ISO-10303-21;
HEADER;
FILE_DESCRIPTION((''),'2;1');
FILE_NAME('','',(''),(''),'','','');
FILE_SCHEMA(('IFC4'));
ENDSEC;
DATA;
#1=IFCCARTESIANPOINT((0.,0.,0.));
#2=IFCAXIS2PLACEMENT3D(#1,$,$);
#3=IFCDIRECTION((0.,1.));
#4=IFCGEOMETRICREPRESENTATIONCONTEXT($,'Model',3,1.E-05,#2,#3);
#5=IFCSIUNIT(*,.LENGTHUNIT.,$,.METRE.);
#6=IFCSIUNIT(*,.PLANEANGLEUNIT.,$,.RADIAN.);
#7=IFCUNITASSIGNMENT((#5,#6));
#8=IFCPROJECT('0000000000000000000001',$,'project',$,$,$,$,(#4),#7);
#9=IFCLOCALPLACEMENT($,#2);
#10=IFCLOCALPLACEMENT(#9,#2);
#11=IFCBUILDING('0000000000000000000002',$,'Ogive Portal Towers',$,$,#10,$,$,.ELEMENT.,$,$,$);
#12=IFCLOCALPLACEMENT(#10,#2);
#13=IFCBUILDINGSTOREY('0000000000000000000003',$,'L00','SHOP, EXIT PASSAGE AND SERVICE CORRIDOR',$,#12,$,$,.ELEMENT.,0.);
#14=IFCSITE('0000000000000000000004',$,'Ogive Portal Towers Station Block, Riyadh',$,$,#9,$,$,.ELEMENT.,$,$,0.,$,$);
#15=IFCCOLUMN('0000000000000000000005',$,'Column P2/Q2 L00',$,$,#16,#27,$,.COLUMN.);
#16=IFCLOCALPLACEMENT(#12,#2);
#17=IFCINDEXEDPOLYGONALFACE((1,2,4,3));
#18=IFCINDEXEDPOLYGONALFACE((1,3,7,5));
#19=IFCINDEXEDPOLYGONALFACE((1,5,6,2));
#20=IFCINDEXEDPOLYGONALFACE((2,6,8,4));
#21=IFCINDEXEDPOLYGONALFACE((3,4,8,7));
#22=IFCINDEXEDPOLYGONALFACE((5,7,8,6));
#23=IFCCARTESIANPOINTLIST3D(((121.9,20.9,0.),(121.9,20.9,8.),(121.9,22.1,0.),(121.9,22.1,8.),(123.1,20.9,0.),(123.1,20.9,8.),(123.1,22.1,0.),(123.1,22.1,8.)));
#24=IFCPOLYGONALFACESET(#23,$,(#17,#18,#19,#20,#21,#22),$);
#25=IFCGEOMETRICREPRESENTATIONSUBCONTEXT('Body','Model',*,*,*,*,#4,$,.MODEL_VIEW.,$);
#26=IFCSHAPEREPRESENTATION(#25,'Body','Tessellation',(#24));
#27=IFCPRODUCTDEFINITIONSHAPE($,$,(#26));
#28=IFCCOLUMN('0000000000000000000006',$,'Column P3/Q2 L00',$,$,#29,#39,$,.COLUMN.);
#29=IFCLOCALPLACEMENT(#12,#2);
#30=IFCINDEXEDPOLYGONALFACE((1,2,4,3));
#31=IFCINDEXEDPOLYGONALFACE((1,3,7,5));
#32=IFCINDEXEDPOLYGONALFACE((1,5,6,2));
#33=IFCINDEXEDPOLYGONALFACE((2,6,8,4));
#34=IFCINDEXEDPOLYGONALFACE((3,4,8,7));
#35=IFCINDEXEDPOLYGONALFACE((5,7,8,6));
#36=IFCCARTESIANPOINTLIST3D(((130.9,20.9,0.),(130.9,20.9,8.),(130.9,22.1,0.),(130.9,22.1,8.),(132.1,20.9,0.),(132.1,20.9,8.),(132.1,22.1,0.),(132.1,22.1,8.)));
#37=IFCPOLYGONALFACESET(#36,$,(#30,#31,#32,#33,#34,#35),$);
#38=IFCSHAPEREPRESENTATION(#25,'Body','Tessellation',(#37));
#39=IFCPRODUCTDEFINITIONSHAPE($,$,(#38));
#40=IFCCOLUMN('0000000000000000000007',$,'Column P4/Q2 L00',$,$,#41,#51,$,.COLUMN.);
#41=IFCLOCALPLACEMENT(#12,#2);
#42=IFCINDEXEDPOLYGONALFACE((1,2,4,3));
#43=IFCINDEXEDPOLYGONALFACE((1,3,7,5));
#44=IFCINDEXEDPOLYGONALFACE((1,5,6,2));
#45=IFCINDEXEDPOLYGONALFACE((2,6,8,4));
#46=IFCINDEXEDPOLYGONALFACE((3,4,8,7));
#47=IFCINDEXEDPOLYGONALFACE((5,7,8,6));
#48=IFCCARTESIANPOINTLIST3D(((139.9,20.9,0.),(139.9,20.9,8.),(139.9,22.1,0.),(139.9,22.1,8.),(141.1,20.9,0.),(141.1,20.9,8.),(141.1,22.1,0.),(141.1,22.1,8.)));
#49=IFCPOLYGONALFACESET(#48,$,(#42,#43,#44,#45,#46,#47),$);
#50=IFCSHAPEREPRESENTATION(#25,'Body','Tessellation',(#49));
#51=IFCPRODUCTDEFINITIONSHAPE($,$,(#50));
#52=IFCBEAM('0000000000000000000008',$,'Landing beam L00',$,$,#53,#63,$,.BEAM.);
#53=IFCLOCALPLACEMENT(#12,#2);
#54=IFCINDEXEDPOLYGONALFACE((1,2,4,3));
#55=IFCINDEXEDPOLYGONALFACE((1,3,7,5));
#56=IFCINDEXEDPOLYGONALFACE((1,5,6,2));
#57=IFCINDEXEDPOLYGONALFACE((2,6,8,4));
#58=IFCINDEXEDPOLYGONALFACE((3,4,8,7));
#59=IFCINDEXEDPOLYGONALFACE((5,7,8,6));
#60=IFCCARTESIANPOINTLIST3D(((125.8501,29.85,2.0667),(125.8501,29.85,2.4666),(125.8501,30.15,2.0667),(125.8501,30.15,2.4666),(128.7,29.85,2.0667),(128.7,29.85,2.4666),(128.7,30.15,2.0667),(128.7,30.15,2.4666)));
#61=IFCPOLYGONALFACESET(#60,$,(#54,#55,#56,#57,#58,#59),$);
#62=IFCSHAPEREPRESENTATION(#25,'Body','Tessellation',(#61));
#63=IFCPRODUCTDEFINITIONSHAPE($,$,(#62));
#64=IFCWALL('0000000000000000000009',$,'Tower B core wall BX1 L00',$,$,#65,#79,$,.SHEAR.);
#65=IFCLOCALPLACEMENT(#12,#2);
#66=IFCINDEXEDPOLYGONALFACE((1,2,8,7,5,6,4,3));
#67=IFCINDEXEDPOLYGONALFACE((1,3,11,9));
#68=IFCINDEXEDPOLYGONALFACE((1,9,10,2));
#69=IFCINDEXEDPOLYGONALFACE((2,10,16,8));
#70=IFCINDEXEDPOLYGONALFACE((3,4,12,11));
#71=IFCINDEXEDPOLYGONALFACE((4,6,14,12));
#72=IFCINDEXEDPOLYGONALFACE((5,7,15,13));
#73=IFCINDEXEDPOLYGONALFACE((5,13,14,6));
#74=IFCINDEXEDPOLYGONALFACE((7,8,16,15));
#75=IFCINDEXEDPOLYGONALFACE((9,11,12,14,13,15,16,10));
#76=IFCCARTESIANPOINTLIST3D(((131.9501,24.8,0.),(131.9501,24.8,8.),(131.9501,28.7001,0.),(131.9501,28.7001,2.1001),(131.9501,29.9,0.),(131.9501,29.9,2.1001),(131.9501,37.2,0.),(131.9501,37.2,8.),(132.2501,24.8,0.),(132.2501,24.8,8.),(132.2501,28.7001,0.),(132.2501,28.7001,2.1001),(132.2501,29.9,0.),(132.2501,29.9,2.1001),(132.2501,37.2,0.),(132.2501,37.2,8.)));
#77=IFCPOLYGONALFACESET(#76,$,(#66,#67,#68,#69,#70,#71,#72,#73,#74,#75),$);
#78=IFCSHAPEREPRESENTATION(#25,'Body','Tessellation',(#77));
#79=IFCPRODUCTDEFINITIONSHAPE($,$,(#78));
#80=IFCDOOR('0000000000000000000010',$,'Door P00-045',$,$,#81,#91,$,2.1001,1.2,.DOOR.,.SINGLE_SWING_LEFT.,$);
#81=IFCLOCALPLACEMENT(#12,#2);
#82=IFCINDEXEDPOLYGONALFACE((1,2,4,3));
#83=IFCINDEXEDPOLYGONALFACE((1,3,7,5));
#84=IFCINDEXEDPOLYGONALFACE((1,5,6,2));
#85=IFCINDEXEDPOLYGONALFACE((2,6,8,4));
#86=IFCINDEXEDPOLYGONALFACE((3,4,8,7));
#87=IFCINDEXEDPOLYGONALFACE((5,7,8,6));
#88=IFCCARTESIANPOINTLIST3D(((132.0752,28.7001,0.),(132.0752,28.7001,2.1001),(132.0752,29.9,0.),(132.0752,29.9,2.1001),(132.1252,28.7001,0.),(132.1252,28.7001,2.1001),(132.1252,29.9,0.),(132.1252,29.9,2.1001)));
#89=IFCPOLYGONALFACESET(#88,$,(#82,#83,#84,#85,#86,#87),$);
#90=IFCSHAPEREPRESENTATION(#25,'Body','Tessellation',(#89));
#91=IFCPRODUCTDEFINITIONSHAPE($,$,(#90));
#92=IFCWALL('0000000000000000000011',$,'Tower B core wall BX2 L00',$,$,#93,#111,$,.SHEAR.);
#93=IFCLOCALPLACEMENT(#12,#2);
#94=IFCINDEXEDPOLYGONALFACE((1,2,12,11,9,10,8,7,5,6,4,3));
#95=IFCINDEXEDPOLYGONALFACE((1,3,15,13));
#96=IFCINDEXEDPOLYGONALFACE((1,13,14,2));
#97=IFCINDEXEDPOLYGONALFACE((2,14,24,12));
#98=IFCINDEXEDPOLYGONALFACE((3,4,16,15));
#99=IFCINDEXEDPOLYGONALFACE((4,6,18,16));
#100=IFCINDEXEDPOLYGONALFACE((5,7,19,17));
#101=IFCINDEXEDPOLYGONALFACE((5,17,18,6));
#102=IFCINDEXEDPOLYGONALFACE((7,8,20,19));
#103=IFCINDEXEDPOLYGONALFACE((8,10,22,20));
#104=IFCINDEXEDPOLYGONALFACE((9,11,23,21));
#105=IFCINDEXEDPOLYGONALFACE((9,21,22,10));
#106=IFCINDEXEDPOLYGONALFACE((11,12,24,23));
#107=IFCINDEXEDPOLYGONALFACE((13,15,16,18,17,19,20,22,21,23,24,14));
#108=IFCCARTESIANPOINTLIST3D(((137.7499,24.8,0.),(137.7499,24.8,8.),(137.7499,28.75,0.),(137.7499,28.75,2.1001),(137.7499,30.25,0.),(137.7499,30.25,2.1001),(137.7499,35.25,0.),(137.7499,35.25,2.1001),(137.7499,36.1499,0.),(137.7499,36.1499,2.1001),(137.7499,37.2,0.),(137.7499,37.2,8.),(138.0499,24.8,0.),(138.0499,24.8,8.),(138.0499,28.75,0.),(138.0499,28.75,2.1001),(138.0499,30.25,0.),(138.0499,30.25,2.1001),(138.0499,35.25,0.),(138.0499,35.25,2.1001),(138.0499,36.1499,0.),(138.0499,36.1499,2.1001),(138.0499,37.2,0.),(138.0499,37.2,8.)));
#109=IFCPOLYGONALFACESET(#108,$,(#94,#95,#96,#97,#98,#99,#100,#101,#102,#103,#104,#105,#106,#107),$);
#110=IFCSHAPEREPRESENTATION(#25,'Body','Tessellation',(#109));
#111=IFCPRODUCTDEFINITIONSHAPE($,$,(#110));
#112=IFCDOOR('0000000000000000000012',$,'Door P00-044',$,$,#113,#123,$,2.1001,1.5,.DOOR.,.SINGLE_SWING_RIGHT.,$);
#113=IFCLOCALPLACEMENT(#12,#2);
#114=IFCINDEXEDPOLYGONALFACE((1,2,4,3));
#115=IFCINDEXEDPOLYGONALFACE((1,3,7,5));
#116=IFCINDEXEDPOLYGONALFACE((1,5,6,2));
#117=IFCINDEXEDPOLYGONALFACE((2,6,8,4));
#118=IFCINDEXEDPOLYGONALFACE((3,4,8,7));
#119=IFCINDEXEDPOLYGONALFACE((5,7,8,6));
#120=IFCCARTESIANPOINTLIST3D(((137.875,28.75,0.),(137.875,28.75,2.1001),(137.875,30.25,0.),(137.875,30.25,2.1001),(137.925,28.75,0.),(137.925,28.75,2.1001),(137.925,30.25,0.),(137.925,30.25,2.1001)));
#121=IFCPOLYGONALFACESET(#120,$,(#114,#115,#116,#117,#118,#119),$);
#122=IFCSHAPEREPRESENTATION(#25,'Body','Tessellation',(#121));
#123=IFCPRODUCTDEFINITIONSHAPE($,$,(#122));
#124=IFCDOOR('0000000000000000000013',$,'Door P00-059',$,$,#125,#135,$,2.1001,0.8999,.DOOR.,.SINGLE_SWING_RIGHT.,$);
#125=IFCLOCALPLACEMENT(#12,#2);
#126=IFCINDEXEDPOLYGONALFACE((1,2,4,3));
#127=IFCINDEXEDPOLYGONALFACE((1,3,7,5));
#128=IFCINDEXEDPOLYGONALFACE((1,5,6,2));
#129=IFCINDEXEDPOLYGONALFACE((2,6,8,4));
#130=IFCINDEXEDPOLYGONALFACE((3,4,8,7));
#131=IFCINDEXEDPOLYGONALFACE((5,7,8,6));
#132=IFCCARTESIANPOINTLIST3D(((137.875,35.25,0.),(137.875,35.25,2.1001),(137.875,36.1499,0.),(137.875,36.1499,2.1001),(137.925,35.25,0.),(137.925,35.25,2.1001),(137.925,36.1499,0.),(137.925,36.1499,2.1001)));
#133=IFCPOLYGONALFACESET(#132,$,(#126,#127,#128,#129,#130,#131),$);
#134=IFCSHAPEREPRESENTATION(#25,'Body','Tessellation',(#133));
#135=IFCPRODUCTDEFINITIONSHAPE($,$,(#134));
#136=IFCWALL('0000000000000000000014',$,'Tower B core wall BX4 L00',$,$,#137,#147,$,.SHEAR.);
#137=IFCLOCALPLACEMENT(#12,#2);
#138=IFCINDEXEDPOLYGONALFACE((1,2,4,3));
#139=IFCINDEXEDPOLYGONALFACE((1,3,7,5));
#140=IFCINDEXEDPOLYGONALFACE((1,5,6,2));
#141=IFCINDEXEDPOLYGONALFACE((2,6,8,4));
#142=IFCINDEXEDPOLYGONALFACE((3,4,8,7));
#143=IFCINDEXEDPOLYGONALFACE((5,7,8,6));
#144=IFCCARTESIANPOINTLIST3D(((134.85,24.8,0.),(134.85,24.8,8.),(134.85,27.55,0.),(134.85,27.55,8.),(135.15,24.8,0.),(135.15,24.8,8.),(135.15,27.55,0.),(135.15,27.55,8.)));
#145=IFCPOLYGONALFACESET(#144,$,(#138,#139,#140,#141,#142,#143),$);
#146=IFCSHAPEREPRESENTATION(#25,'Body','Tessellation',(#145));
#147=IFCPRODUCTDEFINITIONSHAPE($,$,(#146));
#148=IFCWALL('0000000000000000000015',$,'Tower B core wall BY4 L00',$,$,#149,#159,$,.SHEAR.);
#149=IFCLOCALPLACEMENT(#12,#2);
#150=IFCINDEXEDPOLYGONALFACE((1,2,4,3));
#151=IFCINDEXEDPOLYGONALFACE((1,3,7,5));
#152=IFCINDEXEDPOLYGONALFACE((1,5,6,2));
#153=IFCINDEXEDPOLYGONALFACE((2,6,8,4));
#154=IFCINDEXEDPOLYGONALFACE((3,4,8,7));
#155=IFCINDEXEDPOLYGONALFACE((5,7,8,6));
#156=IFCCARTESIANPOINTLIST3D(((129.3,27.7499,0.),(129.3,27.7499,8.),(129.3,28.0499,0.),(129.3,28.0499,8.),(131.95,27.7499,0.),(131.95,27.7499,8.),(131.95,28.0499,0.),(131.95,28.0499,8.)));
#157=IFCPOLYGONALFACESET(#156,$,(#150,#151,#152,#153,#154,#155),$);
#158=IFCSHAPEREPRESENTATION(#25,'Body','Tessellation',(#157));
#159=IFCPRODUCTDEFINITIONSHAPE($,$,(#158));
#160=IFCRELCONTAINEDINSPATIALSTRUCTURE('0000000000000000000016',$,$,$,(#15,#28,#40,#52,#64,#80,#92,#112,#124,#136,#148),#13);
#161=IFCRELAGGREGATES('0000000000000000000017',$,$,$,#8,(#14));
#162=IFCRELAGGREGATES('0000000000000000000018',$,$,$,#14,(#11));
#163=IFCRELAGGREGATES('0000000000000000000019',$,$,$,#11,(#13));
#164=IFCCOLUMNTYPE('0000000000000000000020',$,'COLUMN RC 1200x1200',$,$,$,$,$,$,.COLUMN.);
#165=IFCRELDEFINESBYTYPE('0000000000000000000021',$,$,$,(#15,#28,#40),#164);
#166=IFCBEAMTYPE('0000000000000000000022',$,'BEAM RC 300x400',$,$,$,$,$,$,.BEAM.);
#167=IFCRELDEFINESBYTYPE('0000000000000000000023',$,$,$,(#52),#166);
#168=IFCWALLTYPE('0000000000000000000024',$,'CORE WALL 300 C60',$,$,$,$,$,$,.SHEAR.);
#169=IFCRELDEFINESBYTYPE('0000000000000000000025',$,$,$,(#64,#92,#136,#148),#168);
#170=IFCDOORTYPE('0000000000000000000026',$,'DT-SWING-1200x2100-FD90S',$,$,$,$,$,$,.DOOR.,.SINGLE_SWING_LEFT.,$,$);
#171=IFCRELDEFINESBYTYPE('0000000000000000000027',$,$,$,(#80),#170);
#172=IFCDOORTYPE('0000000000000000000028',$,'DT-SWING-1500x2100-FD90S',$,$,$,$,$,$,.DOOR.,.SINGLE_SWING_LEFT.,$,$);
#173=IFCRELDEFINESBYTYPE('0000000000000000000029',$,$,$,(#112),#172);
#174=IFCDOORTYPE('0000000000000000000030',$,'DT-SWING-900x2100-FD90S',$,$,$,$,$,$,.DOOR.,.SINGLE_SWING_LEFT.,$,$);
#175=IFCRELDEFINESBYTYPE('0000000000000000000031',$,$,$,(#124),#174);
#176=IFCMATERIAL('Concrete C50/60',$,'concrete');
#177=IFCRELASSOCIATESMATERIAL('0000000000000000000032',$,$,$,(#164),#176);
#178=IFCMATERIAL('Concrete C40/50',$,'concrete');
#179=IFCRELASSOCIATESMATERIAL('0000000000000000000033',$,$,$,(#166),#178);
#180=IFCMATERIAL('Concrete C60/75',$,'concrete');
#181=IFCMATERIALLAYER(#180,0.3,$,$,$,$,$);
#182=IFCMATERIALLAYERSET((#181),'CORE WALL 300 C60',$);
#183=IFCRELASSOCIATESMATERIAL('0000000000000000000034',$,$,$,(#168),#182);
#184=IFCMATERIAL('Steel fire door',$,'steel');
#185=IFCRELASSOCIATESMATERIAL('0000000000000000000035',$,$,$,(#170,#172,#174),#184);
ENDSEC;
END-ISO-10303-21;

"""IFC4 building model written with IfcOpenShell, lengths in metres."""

from ifc_helpers import new_model, si_unit, direction, frame, frame_2d, origin, origin_2d, place, context, subcontext, project, spatial, rectangle, extrude, material, layer, layer_set, material_profile, profile_set, type_object, element, fill, save


model = new_model("IFC4")

# Units and contexts
model_context = context("Model", 3, precision=1e-05, world=origin(), true_north=direction((0.0, 1.0)))
body_context = subcontext(model_context, "Body", "Model", "MODEL_VIEW")
ifc_project = project(units=[si_unit("LENGTHUNIT", "METRE"), si_unit("PLANEANGLEUNIT", "RADIAN")], contexts=[model_context])

# Site, building, storey
site_placement = place(None, origin())
site = spatial("IfcSite", under=ifc_project, at=site_placement, Name="Ogive Portal Towers Station Block, Riyadh", CompositionType="ELEMENT", RefElevation=0.0)
building_placement = place(site_placement, origin())
building = spatial("IfcBuilding", under=site, at=building_placement, Name="Ogive Portal Towers", CompositionType="ELEMENT")
storey_placement = place(building_placement, origin())
storey = spatial("IfcBuildingStorey", under=building, at=storey_placement, Name="L00", Description="SHOP, EXIT PASSAGE AND SERVICE CORRIDOR", CompositionType="ELEMENT", Elevation=0.0)

# Columns
ifc_material_1 = material(Name="Concrete C50/60", Category="concrete")
ifc_material_profile_1 = material_profile(ifc_material_1, rectangle(XDim=1.2, YDim=1.2, at=origin_2d()), Name="RC 1200x1200")
ifc_profile_set_1 = profile_set([ifc_material_profile_1], Name="Concrete C50/60")
column_type = type_object("IfcColumnType", Name="COLUMN RC 1200x1200", PredefinedType="COLUMN", material=ifc_profile_set_1)
for number, where, z_axis, x_axis, name in (
    (1, (122.5, 21.5, 0.0), (0.0, 0.0, 1.0), (1.0, 0.0, 0.0), "Column P2/Q2 L00"),
    (2, (131.5, 21.5, 0.0), (0.0, 0.0, 1.0), (1.0, 0.0, 0.0), "Column P3/Q2 L00"),
    (3, (140.5, 21.5, 0.0), (0.0, 0.0, 1.0), (1.0, 0.0, 0.0), "Column P4/Q2 L00"),
):
    element("IfcColumn", number, at=place(storey_placement, frame(where, z_axis=z_axis, x_axis=x_axis)), inside=storey, type_object=column_type, Name=name, PredefinedType="COLUMN", context=body_context, shape_type="SweptSolid", body=[
        extrude(rectangle(XDim=1.2, YDim=1.2, at=origin_2d()), origin(), (0.0, 0.0, 1.0), 8.0),
    ])

# Beam
ifc_material_2 = material(Name="Concrete C40/50", Category="concrete")
ifc_material_profile_2 = material_profile(ifc_material_2, rectangle(XDim=0.3, YDim=0.3999, at=origin_2d()), Name="RC 300x400")
ifc_profile_set_2 = profile_set([ifc_material_profile_2], Name="Concrete C40/50")
beam_type = type_object("IfcBeamType", Name="BEAM RC 300x400", PredefinedType="BEAM", material=ifc_profile_set_2)
beam_placement = place(storey_placement, frame((125.8501, 30.0, 2.2666), z_axis=(1.0, 0.0, 0.0), x_axis=(0.0, 1.0, 0.0)))
element("IfcBeam", 4, at=beam_placement, inside=storey, type_object=beam_type, Name="Landing beam L00", PredefinedType="BEAM", context=body_context, shape_type="SweptSolid", body=[
    extrude(rectangle(XDim=0.3, YDim=0.3999, at=origin_2d()), origin(), (0.0, 0.0, 1.0), 2.8499),
])

# Wall, opening, door
ifc_material_3 = material(Name="Concrete C60/75", Category="concrete")
ifc_layer_1 = layer(ifc_material_3, 0.3)
ifc_layer_set_1 = layer_set([ifc_layer_1], Name="CORE WALL 300 C60")
wall_type_1 = type_object("IfcWallType", Name="CORE WALL 300 C60", PredefinedType="SHEAR", material=ifc_layer_set_1)
wall_1_placement = place(storey_placement, frame((132.1001, 24.8, 0.0), z_axis=(0.0, 0.0, 1.0), x_axis=(0.0, 1.0, 0.0)))
wall_1 = element("IfcWall", 5, at=wall_1_placement, inside=storey, type_object=wall_type_1, Name="Tower B core wall BX1 L00", PredefinedType="SHEAR", context=body_context, shape_type="SweptSolid", body=[
    extrude(rectangle(XDim=12.3999, YDim=0.3, at=frame_2d((6.2, 0.0))), origin(), (0.0, 0.0, 1.0), 8.0),
])
opening_1_placement = place(wall_1_placement, frame((3.8999, 0.0, 0.0)))
opening_1 = element("IfcOpeningElement", 6, at=opening_1_placement, cuts=wall_1, PredefinedType="OPENING", context=body_context, shape_type="SweptSolid", body=[
    extrude(rectangle(XDim=1.2, YDim=2.1001, at=frame_2d((0.6001, 1.05))), frame((0.0, 0.1602, 0.0), z_axis=(0.0, -1.0, 0.0), x_axis=(1.0, 0.0, 0.0)), (0.0, 0.0, 1.0), 0.3201),
])
ifc_material_4 = material(Name="Steel fire door", Category="steel")
door_type_1 = type_object("IfcDoorType", Name="DT-SWING-1200x2100-FD90S", OperationType="SINGLE_SWING_LEFT", PredefinedType="DOOR", material=ifc_material_4)
door_1_placement = place(opening_1_placement, origin())
door_1 = element("IfcDoor", 7, at=door_1_placement, inside=storey, type_object=door_type_1, Name="Door P00-045", OperationType="SINGLE_SWING_LEFT", OverallHeight=2.1001, OverallWidth=1.2, PredefinedType="DOOR", context=body_context, shape_type="SweptSolid", body=[
    extrude(rectangle(XDim=1.2, YDim=2.1001, at=frame_2d((0.6001, 1.05))), frame((0.0, 0.0249, 0.0), z_axis=(0.0, -1.0, 0.0), x_axis=(1.0, 0.0, 0.0)), (0.0, 0.0, 1.0), 0.05),
])
fill(opening_1, door_1)

# Wall, openings, doors
wall_2_placement = place(storey_placement, frame((137.8999, 24.8, 0.0), z_axis=(0.0, 0.0, 1.0), x_axis=(0.0, 1.0, 0.0)))
wall_2 = element("IfcWall", 8, at=wall_2_placement, inside=storey, type_object=wall_type_1, Name="Tower B core wall BX2 L00", PredefinedType="SHEAR", context=body_context, shape_type="SweptSolid", body=[
    extrude(rectangle(XDim=12.3999, YDim=0.3, at=frame_2d((6.2, 0.0))), origin(), (0.0, 0.0, 1.0), 8.0),
])
opening_2_placement = place(wall_2_placement, frame((3.95, 0.0, 0.0)))
opening_2 = element("IfcOpeningElement", 9, at=opening_2_placement, cuts=wall_2, PredefinedType="OPENING", context=body_context, shape_type="SweptSolid", body=[
    extrude(rectangle(XDim=1.5, YDim=2.1001, at=frame_2d((0.75, 1.05))), frame((0.0, 0.1602, 0.0), z_axis=(0.0, -1.0, 0.0), x_axis=(1.0, 0.0, 0.0)), (0.0, 0.0, 1.0), 0.3201),
])
opening_3_placement = place(wall_2_placement, frame((10.45, 0.0, 0.0)))
opening_3 = element("IfcOpeningElement", 10, at=opening_3_placement, cuts=wall_2, PredefinedType="OPENING", context=body_context, shape_type="SweptSolid", body=[
    extrude(rectangle(XDim=0.8999, YDim=2.1001, at=frame_2d((0.45, 1.05))), frame((0.0, 0.1602, 0.0), z_axis=(0.0, -1.0, 0.0), x_axis=(1.0, 0.0, 0.0)), (0.0, 0.0, 1.0), 0.3201),
])
door_type_2 = type_object("IfcDoorType", Name="DT-SWING-1500x2100-FD90S", OperationType="SINGLE_SWING_LEFT", PredefinedType="DOOR", material=ifc_material_4)
door_2_placement = place(opening_2_placement, origin())
door_2 = element("IfcDoor", 11, at=door_2_placement, inside=storey, type_object=door_type_2, Name="Door P00-044", OperationType="SINGLE_SWING_RIGHT", OverallHeight=2.1001, OverallWidth=1.5, PredefinedType="DOOR", context=body_context, shape_type="SweptSolid", body=[
    extrude(rectangle(XDim=1.5, YDim=2.1001, at=frame_2d((0.75, 1.05))), frame((0.0, 0.0249, 0.0), z_axis=(0.0, -1.0, 0.0), x_axis=(1.0, 0.0, 0.0)), (0.0, 0.0, 1.0), 0.05),
])
fill(opening_2, door_2)
door_type_3 = type_object("IfcDoorType", Name="DT-SWING-900x2100-FD90S", OperationType="SINGLE_SWING_LEFT", PredefinedType="DOOR", material=ifc_material_4)
door_3_placement = place(opening_3_placement, origin())
door_3 = element("IfcDoor", 12, at=door_3_placement, inside=storey, type_object=door_type_3, Name="Door P00-059", OperationType="SINGLE_SWING_RIGHT", OverallHeight=2.1001, OverallWidth=0.8999, PredefinedType="DOOR", context=body_context, shape_type="SweptSolid", body=[
    extrude(rectangle(XDim=0.8999, YDim=2.1001, at=frame_2d((0.45, 1.05))), frame((0.0, 0.0249, 0.0), z_axis=(0.0, -1.0, 0.0), x_axis=(1.0, 0.0, 0.0)), (0.0, 0.0, 1.0), 0.05),
])
fill(opening_3, door_3)

# Wall
wall_3_placement = place(storey_placement, frame((135.0, 24.8, 0.0), z_axis=(0.0, 0.0, 1.0), x_axis=(0.0, 1.0, 0.0)))
element("IfcWall", 13, at=wall_3_placement, inside=storey, type_object=wall_type_1, Name="Tower B core wall BX4 L00", PredefinedType="SHEAR", context=body_context, shape_type="SweptSolid", body=[
    extrude(rectangle(XDim=2.75, YDim=0.3, at=frame_2d((1.375, 0.0))), origin(), (0.0, 0.0, 1.0), 8.0),
])

# Wall
wall_4_placement = place(storey_placement, frame((129.3, 27.8999, 0.0), z_axis=(0.0, 0.0, 1.0), x_axis=(1.0, 0.0, 0.0)))
element("IfcWall", 14, at=wall_4_placement, inside=storey, type_object=wall_type_1, Name="Tower B core wall BY4 L00", PredefinedType="SHEAR", context=body_context, shape_type="SweptSolid", body=[
    extrude(rectangle(XDim=2.6499, YDim=0.3, at=frame_2d((1.325, 0.0))), origin(), (0.0, 0.0, 1.0), 8.0),
])

save(model, "model.ifc")
